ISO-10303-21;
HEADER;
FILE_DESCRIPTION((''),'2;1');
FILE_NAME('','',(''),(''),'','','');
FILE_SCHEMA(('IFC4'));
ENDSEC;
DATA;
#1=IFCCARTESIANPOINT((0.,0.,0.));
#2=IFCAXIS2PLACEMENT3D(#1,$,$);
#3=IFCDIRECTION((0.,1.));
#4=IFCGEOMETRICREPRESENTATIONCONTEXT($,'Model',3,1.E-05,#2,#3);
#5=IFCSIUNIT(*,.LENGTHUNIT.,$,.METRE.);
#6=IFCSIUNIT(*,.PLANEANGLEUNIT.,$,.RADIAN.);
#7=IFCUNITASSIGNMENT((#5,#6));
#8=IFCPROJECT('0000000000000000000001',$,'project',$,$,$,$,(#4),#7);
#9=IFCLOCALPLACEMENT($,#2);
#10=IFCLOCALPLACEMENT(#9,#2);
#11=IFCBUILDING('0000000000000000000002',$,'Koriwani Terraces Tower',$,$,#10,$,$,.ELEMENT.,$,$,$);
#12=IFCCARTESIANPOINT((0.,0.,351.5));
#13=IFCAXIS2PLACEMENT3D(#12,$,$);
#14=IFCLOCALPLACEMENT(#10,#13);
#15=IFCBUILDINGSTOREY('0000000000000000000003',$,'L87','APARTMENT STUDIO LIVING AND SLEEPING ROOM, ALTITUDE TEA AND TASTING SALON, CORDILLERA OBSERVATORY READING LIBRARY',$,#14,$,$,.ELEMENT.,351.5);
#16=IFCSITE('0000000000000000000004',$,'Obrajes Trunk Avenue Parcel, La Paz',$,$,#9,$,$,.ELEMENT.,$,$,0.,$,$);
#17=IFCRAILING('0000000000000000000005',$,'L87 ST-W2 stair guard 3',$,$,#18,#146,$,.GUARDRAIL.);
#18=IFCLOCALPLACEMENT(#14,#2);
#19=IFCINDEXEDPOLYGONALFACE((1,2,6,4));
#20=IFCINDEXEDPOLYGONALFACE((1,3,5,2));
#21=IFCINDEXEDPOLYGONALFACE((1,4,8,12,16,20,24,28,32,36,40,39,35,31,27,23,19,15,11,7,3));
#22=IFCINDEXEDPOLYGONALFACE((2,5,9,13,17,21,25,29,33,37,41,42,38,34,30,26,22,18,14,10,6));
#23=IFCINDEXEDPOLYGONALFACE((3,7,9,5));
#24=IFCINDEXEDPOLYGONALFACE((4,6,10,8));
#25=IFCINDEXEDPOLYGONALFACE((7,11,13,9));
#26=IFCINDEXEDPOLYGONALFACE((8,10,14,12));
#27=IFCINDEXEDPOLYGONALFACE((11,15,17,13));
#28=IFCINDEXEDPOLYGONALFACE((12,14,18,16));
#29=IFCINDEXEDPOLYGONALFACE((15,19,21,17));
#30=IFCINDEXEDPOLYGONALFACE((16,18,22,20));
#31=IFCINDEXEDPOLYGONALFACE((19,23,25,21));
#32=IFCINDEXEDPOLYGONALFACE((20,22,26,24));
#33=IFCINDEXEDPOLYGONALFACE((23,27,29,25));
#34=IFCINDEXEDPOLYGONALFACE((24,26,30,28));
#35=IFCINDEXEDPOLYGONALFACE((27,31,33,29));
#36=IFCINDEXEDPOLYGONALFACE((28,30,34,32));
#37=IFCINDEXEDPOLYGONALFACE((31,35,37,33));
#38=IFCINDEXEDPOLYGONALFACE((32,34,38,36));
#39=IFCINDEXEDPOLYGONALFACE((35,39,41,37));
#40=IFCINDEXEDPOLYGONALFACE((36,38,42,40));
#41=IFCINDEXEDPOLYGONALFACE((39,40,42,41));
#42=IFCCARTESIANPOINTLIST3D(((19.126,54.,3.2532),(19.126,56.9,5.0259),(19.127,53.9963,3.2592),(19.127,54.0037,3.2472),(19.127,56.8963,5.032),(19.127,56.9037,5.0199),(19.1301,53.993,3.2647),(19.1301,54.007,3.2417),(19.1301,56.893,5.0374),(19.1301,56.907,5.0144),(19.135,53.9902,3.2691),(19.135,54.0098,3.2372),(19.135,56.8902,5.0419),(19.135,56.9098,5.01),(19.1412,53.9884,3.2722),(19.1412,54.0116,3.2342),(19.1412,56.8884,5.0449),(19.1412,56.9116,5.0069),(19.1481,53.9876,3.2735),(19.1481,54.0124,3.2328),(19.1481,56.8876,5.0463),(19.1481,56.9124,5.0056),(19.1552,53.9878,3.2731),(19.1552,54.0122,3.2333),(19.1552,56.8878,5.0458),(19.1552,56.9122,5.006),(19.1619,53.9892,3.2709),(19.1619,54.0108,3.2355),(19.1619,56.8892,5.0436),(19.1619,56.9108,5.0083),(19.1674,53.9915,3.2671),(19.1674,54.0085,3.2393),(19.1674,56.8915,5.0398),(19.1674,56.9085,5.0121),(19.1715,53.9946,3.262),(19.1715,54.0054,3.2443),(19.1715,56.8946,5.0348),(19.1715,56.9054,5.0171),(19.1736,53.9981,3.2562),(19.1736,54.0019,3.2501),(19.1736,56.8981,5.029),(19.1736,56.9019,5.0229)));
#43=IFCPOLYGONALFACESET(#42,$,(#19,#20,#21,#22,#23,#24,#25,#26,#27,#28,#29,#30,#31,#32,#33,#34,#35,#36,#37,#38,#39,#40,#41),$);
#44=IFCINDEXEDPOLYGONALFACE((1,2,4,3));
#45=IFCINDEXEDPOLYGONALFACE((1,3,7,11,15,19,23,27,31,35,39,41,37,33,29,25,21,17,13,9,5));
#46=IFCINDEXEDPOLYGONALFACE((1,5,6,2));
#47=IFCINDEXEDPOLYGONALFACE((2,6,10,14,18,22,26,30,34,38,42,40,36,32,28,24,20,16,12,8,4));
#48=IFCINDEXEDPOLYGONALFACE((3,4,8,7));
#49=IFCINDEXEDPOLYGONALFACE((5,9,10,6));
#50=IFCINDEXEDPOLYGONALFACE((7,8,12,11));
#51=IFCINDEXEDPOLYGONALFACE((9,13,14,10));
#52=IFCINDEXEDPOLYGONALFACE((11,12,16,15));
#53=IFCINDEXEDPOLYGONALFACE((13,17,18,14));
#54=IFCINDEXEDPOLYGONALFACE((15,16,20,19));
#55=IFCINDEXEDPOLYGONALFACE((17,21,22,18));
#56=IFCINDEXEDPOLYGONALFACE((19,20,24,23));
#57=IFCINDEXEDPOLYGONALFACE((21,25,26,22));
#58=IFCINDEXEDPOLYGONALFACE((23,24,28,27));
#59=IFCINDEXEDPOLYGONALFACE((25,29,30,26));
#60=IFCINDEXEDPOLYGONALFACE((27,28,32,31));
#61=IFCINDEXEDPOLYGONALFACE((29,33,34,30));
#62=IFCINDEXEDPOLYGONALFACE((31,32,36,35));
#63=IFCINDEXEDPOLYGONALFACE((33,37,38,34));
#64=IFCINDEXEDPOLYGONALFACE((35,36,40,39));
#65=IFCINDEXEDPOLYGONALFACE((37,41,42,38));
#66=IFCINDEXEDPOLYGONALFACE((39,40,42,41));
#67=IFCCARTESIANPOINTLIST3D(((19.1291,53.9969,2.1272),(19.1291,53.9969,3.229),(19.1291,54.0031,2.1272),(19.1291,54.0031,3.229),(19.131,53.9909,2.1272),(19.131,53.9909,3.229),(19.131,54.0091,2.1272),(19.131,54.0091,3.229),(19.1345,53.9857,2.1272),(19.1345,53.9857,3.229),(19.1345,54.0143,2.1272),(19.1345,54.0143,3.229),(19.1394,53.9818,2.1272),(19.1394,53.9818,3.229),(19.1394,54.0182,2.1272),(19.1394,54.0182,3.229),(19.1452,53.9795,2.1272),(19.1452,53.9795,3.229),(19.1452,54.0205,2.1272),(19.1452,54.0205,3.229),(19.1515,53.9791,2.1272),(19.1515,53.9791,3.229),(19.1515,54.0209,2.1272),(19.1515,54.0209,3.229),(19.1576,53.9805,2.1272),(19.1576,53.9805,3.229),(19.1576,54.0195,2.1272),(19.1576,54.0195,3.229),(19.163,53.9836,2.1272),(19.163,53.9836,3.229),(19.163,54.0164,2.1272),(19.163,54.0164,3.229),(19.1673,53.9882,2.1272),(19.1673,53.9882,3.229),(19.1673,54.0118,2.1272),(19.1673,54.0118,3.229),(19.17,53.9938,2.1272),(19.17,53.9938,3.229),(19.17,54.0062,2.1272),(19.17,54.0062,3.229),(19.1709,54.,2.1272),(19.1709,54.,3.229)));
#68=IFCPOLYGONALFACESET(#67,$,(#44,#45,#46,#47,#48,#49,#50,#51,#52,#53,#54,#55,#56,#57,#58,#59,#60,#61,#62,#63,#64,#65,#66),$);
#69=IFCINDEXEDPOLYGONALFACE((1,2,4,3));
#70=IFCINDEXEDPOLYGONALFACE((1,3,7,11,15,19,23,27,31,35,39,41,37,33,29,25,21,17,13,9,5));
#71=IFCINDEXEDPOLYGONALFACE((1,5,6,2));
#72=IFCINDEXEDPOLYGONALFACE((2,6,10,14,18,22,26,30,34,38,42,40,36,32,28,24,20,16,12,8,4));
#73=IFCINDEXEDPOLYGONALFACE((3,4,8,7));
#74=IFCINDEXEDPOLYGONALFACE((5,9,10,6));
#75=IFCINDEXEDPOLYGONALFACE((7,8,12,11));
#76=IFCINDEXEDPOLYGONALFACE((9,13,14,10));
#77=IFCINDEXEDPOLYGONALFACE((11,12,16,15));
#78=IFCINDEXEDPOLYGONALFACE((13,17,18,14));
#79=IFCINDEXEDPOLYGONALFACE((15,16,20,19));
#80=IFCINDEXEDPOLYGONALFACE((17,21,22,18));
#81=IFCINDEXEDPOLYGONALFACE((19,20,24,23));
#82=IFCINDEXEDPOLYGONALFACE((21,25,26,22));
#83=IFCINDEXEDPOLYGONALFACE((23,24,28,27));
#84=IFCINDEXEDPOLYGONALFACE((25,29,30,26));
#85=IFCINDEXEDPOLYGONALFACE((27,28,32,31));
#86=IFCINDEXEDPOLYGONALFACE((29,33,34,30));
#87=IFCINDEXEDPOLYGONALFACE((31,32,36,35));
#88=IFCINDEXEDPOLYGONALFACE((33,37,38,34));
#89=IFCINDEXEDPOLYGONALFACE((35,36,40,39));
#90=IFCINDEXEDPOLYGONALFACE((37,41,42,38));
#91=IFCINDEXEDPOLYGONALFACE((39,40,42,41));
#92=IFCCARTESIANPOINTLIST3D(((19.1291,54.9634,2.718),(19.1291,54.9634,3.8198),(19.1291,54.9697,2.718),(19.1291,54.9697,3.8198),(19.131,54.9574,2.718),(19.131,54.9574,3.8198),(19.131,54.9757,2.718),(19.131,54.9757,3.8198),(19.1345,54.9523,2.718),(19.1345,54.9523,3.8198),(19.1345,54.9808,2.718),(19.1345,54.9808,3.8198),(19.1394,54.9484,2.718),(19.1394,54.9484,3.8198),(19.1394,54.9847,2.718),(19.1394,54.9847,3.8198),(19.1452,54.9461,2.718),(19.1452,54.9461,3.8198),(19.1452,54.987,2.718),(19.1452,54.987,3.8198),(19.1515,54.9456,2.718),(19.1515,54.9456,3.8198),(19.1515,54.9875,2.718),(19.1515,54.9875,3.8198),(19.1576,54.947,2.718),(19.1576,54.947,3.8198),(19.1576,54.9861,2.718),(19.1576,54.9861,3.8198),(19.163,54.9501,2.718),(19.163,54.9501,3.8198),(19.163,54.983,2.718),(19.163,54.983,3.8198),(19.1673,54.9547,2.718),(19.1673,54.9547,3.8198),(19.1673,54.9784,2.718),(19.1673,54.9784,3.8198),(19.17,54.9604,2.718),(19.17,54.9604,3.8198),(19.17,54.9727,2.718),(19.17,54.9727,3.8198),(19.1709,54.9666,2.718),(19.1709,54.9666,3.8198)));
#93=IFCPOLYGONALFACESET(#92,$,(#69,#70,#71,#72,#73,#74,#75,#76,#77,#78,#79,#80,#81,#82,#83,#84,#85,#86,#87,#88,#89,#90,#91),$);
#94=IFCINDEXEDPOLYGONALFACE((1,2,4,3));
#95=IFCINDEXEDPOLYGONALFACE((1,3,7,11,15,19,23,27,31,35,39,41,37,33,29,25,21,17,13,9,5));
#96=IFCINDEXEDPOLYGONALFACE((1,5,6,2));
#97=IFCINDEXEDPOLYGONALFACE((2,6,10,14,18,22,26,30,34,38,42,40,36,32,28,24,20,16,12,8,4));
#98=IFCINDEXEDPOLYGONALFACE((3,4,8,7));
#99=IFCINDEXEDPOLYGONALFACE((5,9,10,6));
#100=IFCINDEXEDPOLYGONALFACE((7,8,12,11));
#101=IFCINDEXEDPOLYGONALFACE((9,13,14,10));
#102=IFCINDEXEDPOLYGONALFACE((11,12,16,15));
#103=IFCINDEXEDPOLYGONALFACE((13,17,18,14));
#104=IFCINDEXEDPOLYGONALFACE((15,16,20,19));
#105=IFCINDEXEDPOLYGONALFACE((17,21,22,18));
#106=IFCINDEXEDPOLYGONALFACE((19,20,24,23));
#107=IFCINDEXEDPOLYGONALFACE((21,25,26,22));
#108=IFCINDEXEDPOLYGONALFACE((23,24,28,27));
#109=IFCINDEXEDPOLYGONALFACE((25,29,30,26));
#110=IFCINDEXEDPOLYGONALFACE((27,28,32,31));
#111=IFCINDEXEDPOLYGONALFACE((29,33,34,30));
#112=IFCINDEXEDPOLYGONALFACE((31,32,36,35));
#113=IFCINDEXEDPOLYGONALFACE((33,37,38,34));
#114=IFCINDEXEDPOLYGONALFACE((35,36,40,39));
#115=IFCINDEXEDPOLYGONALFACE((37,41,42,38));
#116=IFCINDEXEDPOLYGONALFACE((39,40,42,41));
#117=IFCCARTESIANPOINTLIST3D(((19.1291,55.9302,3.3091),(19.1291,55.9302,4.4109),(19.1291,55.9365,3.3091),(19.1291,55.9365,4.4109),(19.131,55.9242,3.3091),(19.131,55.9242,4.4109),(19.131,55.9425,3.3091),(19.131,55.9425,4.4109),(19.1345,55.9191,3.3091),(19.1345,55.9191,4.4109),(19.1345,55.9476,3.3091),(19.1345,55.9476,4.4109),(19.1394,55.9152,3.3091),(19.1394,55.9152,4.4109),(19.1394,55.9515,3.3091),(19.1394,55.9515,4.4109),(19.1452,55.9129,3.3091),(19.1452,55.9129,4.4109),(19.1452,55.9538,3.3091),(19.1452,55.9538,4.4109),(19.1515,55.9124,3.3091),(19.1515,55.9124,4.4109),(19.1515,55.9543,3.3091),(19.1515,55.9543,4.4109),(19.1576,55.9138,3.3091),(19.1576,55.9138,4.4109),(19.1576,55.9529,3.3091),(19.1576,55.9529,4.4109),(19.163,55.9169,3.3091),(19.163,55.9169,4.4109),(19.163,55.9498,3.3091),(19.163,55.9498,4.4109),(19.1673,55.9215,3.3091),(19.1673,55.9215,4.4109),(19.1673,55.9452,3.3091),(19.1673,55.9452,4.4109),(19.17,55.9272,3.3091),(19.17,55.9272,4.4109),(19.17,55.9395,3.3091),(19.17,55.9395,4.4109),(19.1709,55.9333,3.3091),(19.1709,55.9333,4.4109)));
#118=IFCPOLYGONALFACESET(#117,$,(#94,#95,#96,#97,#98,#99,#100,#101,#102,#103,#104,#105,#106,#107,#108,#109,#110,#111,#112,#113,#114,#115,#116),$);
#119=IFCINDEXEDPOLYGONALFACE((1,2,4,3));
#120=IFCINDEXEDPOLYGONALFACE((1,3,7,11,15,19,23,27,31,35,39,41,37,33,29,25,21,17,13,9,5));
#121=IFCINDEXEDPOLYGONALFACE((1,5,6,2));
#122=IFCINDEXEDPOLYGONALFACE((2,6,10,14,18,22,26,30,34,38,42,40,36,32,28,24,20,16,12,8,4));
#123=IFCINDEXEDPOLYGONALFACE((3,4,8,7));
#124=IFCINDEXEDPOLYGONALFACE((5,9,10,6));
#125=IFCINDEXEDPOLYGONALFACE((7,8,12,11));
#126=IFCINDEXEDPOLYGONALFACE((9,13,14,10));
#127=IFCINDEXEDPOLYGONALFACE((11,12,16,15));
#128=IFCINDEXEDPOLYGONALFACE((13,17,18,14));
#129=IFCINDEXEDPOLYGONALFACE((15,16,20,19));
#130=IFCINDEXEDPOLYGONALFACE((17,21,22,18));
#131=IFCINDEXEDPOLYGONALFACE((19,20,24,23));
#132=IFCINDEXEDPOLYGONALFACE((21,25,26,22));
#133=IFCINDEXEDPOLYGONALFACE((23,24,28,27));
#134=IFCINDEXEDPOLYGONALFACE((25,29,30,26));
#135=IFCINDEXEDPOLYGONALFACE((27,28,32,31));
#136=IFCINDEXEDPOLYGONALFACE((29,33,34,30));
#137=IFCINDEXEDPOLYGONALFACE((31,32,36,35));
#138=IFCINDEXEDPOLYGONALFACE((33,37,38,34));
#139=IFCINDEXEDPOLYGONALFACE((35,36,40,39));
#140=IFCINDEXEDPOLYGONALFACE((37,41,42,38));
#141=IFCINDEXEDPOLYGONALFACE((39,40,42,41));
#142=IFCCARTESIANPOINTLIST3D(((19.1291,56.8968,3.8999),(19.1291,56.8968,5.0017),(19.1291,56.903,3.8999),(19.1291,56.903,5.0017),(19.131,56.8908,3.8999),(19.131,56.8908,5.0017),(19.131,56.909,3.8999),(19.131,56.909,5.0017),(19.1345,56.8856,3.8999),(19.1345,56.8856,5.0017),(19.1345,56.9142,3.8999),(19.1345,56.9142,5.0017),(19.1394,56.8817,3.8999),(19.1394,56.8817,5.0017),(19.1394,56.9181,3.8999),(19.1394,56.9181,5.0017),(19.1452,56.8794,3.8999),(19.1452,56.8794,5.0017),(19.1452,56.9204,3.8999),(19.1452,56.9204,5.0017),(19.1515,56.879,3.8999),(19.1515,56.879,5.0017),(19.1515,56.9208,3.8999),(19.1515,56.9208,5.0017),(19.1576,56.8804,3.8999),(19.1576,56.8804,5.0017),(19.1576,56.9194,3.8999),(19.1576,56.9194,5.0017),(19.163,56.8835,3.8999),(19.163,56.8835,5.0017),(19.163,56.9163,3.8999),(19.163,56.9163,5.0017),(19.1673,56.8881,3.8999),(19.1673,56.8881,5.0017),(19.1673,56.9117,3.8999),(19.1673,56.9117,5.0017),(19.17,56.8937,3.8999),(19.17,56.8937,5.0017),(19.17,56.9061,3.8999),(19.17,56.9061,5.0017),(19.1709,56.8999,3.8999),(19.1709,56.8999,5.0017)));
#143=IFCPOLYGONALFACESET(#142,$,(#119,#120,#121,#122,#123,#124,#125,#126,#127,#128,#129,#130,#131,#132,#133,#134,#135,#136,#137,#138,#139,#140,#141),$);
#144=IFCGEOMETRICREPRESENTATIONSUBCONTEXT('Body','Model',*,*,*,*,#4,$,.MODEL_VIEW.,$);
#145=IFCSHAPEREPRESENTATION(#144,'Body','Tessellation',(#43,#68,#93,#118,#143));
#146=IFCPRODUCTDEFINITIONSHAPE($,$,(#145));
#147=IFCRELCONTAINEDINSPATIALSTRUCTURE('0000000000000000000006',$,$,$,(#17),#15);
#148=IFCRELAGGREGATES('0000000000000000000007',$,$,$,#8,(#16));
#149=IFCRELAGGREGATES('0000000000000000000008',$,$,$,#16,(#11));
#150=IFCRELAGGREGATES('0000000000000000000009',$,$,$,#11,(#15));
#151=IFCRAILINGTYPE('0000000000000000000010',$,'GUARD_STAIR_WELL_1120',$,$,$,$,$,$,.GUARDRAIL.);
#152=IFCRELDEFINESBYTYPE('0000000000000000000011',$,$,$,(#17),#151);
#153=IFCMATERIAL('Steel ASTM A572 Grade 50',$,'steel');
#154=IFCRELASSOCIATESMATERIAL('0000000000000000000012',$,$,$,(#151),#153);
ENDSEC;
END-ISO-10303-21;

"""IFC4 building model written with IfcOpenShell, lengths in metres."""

from ifc_helpers import new_model, si_unit, direction, frame, origin, origin_2d, place, context, subcontext, project, spatial, circle, extrude, material, type_object, element, save


model = new_model("IFC4")

# Units and contexts
model_context = context("Model", 3, precision=1e-05, world=origin(), true_north=direction((0.0, 1.0)))
body_context = subcontext(model_context, "Body", "Model", "MODEL_VIEW")
ifc_project = project(units=[si_unit("LENGTHUNIT", "METRE"), si_unit("PLANEANGLEUNIT", "RADIAN")], contexts=[model_context])

# Site, building, storey
site_placement = place(None, origin())
site = spatial("IfcSite", under=ifc_project, at=site_placement, Name="Obrajes Trunk Avenue Parcel, La Paz", CompositionType="ELEMENT", RefElevation=0.0)
building_placement = place(site_placement, origin())
building = spatial("IfcBuilding", under=site, at=building_placement, Name="Koriwani Terraces Tower", CompositionType="ELEMENT")
storey_placement = place(building_placement, frame((0.0, 0.0, 351.5)))
storey = spatial("IfcBuildingStorey", under=building, at=storey_placement, Name="L87", Description="APARTMENT STUDIO LIVING AND SLEEPING ROOM, ALTITUDE TEA AND TASTING SALON, CORDILLERA OBSERVATORY READING LIBRARY", CompositionType="ELEMENT", Elevation=351.5)

# Shared definitions
ifc_material_1 = material(Name="Steel ASTM A572 Grade 50", Category="steel")

# Railing
railing_type_1 = type_object("IfcRailingType", Name="GUARD_STAIR_WELL_1120", PredefinedType="GUARDRAIL", material=ifc_material_1)
railing_1_placement = place(storey_placement, frame((19.1499, 54.0, 2.1272)))
element("IfcRailing", 1, at=railing_1_placement, inside=storey, type_object=railing_type_1, Name="L87 ST-W2 stair guard 3", PredefinedType="GUARDRAIL", context=body_context, shape_type="SweptSolid", body=[
    extrude(circle(Radius=0.0239, at=origin_2d()), frame((0.0, 0.0, 1.126), z_axis=(0.0, 0.853211, 0.521566), x_axis=(-1.0, 0.0, 0.0)), (0.0, 0.0, 1.0), 3.3989),
    extrude(circle(Radius=0.021, at=origin_2d()), origin(), (0.0, 0.0, 1.0), 1.1018),
    extrude(circle(Radius=0.021, at=origin_2d()), frame((0.0, 0.9666, 0.5908)), (0.0, 0.0, 1.0), 1.1018),
    extrude(circle(Radius=0.021, at=origin_2d()), frame((0.0, 1.9333, 1.1819)), (0.0, 0.0, 1.0), 1.1018),
    extrude(circle(Radius=0.021, at=origin_2d()), frame((0.0, 2.8999, 1.7727)), (0.0, 0.0, 1.0), 1.1018),
])

save(model, "model.ifc")
